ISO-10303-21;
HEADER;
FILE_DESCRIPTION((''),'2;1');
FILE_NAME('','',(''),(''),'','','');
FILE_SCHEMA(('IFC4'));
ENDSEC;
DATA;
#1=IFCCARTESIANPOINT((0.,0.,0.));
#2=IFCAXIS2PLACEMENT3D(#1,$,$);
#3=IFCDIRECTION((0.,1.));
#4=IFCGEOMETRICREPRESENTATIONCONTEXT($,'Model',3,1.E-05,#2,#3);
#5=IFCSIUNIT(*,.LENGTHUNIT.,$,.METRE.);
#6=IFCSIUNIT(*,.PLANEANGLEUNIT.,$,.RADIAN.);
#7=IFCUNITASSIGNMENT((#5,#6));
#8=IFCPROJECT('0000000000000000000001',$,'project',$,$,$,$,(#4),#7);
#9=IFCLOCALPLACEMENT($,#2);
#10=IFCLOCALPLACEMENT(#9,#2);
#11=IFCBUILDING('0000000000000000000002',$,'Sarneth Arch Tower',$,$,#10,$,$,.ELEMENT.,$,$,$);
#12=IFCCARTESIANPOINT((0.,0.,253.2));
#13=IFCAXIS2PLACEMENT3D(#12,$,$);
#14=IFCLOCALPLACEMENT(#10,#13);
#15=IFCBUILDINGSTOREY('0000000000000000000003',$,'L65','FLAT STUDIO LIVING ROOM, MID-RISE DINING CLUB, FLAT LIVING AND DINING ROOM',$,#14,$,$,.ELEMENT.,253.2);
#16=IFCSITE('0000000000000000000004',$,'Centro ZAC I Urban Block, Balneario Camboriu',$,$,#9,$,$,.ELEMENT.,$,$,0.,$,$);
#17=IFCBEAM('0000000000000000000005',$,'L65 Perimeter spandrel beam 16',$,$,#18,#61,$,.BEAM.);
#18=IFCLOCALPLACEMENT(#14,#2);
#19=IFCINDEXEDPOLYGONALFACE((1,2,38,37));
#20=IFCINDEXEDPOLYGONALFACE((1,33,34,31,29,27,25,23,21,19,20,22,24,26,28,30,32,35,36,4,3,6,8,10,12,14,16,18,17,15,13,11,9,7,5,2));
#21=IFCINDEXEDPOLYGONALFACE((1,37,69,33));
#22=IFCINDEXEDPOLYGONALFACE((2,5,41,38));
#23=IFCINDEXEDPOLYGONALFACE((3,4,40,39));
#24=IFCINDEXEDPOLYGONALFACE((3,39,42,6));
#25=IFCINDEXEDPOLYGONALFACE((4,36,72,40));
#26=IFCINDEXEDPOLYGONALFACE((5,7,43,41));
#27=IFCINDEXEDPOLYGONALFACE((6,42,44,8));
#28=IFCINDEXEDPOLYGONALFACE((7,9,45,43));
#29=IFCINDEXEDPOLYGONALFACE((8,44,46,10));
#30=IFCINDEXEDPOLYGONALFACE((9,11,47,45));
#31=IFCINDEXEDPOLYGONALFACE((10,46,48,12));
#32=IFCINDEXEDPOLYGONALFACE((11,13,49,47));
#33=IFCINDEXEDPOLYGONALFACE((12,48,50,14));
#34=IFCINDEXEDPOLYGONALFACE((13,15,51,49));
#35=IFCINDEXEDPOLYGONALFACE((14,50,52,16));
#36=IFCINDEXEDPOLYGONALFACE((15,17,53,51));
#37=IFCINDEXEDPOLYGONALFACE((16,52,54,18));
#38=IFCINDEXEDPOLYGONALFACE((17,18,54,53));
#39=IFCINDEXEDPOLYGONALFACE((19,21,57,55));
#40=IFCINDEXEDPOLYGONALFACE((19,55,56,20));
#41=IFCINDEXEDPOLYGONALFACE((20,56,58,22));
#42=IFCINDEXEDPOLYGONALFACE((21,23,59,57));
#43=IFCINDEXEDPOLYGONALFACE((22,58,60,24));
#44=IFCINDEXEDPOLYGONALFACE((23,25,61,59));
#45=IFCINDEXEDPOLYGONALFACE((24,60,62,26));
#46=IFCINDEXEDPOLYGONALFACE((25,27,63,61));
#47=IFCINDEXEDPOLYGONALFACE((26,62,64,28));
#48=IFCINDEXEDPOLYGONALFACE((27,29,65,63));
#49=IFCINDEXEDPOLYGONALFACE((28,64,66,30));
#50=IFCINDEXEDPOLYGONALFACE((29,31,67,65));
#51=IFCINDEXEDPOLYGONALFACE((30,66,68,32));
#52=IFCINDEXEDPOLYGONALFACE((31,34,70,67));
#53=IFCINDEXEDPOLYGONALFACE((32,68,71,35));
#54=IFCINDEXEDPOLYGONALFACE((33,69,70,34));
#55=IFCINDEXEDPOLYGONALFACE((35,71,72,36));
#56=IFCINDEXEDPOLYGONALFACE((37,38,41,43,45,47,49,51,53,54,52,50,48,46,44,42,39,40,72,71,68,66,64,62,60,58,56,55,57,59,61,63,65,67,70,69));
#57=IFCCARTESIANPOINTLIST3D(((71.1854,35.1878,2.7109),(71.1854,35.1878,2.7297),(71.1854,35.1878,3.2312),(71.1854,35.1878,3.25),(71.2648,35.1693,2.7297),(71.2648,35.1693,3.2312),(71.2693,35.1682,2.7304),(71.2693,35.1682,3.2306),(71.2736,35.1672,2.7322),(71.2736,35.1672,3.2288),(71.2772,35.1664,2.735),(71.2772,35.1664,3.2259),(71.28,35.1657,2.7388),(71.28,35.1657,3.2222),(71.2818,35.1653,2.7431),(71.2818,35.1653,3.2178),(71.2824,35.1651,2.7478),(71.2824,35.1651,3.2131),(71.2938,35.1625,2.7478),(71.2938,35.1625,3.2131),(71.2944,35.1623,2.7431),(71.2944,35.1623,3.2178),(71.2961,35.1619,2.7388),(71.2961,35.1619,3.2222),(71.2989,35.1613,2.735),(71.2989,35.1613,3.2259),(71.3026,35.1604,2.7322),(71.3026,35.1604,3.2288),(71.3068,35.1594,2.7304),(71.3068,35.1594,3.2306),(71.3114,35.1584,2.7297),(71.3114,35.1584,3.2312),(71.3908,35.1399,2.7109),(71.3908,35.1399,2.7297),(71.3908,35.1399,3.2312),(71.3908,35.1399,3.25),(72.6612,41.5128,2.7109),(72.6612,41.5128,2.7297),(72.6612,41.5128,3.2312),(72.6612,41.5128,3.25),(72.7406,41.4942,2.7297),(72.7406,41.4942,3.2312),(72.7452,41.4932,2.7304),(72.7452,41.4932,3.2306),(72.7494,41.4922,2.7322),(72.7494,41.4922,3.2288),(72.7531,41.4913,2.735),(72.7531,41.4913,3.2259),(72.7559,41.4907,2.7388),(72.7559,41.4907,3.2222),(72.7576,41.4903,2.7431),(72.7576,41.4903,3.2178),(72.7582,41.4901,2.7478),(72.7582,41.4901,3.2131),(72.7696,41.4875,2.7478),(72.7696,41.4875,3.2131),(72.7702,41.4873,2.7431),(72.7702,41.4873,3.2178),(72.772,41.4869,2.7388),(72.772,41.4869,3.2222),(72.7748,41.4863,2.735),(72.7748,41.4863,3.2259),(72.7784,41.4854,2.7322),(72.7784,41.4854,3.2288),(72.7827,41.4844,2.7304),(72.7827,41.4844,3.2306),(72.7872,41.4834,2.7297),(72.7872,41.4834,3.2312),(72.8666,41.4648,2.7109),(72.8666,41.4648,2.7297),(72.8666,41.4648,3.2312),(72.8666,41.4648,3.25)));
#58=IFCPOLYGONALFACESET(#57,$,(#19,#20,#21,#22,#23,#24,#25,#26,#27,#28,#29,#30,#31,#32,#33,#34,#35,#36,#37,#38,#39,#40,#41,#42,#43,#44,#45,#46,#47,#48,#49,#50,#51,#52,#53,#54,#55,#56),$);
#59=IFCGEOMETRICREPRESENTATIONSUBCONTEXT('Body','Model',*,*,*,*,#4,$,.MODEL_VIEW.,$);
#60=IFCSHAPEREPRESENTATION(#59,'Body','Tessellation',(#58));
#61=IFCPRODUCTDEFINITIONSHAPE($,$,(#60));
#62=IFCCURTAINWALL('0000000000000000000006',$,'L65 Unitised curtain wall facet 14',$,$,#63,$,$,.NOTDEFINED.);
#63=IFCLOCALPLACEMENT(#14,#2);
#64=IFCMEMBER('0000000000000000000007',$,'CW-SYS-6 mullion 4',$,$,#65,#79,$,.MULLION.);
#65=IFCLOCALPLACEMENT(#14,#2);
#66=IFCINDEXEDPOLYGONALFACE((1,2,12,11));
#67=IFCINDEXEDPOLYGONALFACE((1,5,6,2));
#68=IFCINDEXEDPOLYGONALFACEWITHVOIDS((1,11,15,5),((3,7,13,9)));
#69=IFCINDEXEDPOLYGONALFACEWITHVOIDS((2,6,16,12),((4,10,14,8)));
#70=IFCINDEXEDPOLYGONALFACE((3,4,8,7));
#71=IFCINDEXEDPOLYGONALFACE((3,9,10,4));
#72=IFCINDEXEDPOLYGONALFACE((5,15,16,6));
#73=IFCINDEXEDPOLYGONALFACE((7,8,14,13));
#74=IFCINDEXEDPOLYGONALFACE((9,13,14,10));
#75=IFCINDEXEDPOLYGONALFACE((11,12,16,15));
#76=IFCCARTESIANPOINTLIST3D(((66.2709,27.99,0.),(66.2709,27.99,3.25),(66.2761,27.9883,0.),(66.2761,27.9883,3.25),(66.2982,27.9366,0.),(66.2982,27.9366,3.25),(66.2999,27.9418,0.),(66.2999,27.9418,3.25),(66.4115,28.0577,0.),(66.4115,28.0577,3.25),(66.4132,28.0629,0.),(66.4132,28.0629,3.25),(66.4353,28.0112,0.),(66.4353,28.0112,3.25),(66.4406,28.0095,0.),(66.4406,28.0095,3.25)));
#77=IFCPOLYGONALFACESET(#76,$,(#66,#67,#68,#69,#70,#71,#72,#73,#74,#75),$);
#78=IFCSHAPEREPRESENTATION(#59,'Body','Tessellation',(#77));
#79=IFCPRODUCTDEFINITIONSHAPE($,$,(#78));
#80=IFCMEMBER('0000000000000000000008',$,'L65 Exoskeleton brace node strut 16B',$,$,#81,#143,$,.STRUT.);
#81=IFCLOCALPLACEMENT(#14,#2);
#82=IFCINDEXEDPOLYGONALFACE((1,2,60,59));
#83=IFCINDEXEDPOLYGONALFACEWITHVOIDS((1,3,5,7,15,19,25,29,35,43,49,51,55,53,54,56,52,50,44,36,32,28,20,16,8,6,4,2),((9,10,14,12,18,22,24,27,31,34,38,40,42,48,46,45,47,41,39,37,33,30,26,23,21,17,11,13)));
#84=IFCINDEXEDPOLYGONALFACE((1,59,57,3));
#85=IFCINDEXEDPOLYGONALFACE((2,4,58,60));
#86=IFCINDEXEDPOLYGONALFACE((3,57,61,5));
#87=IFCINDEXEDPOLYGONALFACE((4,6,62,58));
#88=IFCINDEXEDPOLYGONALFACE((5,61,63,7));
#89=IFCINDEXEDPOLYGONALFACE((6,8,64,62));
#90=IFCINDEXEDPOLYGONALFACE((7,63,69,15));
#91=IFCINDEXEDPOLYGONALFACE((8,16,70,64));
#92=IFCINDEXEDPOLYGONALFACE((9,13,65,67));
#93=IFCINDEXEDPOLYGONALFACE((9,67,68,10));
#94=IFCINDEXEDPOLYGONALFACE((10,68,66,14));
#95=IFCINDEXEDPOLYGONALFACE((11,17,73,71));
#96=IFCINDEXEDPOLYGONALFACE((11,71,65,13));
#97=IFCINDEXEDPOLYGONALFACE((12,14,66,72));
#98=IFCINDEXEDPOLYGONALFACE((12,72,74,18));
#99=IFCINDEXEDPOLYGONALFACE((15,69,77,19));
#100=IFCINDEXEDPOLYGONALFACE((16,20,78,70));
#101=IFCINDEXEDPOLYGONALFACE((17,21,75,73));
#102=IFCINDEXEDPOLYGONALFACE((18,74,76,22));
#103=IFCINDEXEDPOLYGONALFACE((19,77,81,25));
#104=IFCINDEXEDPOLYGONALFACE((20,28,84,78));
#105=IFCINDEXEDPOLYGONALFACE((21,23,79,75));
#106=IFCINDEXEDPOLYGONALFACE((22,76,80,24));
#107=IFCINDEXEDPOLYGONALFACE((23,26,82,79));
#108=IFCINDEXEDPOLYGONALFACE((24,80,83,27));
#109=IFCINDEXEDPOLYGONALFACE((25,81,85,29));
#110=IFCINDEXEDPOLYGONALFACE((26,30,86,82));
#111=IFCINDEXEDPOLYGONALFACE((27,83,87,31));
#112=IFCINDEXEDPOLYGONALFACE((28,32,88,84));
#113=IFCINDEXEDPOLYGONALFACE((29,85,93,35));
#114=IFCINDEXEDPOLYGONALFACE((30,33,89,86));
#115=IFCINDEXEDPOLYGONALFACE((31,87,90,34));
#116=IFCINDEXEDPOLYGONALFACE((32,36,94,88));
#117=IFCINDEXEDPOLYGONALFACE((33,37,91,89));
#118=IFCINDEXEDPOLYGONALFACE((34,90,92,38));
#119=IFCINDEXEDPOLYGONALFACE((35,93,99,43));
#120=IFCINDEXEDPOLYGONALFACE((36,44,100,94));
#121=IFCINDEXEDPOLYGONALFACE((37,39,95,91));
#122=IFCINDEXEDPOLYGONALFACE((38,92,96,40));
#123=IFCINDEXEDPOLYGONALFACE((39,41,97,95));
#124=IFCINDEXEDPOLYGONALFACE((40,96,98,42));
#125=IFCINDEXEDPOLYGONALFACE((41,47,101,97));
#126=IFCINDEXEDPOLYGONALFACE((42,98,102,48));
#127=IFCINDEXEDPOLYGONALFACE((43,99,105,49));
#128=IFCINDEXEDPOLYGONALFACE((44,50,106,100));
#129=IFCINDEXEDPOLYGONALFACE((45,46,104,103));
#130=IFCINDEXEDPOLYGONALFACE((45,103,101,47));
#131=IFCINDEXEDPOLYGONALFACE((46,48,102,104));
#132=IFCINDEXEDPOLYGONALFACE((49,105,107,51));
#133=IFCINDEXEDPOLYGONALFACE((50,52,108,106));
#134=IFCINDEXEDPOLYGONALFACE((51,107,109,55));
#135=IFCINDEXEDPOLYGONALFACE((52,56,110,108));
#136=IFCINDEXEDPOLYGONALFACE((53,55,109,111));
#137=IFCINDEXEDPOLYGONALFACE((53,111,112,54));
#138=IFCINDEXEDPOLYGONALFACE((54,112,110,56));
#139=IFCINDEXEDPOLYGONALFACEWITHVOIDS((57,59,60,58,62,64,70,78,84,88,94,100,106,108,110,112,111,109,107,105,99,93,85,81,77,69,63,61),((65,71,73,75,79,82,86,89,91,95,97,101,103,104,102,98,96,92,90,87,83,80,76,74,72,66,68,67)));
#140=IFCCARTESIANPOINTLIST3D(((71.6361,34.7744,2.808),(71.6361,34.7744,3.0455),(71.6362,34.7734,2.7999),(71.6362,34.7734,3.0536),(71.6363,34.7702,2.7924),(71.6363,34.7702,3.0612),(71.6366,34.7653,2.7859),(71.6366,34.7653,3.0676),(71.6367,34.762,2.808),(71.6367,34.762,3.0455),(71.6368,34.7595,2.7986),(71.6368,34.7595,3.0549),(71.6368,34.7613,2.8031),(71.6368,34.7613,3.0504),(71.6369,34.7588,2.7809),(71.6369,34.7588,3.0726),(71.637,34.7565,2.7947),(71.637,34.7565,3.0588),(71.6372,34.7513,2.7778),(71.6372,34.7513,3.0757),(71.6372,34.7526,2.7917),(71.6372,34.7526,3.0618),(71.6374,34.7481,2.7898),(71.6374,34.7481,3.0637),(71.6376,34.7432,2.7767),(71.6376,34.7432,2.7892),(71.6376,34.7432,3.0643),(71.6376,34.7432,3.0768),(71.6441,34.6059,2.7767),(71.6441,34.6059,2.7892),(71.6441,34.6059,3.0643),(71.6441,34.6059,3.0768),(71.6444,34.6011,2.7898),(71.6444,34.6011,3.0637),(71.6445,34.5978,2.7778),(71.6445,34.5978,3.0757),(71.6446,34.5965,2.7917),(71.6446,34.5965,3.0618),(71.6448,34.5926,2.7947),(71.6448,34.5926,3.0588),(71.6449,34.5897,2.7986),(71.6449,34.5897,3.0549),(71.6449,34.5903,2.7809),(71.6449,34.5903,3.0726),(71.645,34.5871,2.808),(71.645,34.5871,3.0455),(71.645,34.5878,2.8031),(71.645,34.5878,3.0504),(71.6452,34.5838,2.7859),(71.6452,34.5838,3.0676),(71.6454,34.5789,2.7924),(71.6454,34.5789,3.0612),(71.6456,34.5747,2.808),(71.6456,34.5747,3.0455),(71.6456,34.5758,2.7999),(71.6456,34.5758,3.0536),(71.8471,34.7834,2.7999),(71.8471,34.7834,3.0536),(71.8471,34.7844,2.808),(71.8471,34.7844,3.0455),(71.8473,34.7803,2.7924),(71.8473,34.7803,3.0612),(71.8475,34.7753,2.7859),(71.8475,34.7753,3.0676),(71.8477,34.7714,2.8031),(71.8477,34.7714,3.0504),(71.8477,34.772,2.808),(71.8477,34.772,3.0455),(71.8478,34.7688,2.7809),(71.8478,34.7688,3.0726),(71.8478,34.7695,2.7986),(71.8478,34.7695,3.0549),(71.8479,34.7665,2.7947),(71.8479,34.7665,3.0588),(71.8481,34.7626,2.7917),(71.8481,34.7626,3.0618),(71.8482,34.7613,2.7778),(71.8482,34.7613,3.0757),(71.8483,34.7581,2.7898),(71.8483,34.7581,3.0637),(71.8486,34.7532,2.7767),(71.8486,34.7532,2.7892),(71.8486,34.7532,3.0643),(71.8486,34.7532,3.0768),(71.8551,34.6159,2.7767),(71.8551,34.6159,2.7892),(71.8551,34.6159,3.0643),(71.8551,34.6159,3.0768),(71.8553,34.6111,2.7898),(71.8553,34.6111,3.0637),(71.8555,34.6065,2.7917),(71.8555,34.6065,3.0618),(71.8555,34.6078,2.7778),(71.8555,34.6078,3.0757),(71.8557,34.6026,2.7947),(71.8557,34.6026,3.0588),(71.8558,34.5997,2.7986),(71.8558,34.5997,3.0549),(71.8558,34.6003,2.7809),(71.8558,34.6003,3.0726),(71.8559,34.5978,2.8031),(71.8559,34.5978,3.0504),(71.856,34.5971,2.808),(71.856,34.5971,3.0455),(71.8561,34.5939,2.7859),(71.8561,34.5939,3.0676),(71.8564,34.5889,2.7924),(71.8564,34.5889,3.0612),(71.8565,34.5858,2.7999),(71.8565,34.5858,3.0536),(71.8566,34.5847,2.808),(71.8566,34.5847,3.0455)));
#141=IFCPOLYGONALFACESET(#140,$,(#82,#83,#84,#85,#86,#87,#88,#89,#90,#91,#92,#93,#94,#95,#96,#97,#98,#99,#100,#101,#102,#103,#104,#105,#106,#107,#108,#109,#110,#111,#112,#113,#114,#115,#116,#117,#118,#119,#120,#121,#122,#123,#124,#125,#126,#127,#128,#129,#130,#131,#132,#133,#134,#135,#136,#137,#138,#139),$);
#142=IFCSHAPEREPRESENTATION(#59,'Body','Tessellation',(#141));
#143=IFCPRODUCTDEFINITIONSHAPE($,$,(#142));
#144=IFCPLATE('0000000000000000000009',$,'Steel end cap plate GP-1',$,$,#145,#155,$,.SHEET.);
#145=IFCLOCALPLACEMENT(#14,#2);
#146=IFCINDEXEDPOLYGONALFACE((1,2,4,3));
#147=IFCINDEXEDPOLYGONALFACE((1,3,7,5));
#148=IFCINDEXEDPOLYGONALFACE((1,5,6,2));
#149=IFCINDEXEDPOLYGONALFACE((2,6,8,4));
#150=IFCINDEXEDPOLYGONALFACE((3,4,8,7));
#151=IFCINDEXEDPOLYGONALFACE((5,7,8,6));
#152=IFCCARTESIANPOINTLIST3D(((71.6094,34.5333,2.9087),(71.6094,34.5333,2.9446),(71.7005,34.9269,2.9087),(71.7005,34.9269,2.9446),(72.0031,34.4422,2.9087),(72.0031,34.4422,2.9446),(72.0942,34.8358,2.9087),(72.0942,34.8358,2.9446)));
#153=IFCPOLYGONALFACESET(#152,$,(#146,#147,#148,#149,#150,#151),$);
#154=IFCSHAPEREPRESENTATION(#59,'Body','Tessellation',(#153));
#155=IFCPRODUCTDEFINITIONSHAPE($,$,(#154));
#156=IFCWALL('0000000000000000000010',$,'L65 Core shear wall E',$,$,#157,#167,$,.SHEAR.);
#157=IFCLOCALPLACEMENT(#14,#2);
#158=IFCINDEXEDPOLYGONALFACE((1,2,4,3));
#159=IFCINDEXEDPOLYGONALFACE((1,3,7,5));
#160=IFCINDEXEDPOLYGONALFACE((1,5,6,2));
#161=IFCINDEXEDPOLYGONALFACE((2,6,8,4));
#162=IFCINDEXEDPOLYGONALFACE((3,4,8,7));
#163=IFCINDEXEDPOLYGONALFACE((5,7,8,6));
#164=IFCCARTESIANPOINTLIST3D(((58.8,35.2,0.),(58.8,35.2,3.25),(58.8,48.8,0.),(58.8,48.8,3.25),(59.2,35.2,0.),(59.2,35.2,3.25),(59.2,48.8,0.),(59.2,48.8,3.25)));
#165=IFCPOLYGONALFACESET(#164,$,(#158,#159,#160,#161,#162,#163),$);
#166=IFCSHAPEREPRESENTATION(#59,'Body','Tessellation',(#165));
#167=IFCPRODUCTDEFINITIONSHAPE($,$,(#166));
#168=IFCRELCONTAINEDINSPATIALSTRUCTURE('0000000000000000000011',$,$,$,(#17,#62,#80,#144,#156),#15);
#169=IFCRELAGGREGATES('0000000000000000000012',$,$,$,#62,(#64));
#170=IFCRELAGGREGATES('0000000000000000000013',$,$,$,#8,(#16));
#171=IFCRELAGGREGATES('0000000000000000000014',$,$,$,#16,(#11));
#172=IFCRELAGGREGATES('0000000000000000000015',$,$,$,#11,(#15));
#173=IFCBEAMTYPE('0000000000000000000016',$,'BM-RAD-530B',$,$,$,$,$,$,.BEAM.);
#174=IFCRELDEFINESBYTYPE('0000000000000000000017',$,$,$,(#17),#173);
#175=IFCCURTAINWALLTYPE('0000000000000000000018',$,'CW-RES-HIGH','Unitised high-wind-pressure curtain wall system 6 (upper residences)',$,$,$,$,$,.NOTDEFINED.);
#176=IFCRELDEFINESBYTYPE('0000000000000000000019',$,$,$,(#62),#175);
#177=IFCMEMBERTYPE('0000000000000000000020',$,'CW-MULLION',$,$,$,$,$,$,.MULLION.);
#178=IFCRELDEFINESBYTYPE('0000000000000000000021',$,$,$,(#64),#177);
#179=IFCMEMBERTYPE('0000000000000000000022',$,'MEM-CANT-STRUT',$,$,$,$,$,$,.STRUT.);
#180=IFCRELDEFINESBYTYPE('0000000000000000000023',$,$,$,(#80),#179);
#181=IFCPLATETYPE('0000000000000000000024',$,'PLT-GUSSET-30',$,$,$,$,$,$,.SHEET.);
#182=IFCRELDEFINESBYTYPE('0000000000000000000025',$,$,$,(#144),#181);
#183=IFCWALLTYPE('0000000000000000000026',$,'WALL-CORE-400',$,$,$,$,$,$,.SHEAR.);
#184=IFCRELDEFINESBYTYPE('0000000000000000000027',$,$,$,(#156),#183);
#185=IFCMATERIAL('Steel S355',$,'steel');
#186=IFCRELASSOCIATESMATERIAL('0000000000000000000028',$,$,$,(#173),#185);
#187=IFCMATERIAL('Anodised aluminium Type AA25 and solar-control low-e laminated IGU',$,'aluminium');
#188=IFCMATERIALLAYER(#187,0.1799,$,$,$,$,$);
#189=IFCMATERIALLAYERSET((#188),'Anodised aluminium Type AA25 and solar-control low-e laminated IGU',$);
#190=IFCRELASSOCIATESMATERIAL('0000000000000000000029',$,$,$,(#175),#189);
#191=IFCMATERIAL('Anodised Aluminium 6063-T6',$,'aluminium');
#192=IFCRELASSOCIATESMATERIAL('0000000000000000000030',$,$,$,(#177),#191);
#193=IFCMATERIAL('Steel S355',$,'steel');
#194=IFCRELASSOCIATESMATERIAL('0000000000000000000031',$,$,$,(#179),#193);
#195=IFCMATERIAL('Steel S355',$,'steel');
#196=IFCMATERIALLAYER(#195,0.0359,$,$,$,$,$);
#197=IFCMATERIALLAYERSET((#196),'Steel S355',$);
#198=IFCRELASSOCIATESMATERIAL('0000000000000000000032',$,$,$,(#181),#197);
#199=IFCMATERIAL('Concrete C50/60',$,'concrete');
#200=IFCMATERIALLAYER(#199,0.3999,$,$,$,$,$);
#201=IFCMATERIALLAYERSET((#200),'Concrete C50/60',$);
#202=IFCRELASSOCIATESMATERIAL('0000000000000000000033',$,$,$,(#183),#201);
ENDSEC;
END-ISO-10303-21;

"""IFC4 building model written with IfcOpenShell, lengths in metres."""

from ifc_helpers import new_model, si_unit, direction, frame, frame_2d, origin, origin_2d, place, context, subcontext, project, spatial, rectangle, hollow_rectangle, i_section, extrude, material, layer, layer_set, material_profile, profile_set, type_object, element, aggregate, save


model = new_model("IFC4")

# Units and contexts
model_context = context("Model", 3, precision=1e-05, world=origin(), true_north=direction((0.0, 1.0)))
body_context = subcontext(model_context, "Body", "Model", "MODEL_VIEW")
ifc_project = project(units=[si_unit("LENGTHUNIT", "METRE"), si_unit("PLANEANGLEUNIT", "RADIAN")], contexts=[model_context])

# Site, building, storey
site_placement = place(None, origin())
site = spatial("IfcSite", under=ifc_project, at=site_placement, Name="Centro ZAC I Urban Block, Balneario Camboriu", CompositionType="ELEMENT", RefElevation=0.0)
building_placement = place(site_placement, origin())
building = spatial("IfcBuilding", under=site, at=building_placement, Name="Sarneth Arch Tower", CompositionType="ELEMENT")
storey_placement = place(building_placement, frame((0.0, 0.0, 253.2)))
storey = spatial("IfcBuildingStorey", under=building, at=storey_placement, Name="L65", Description="FLAT STUDIO LIVING ROOM, MID-RISE DINING CLUB, FLAT LIVING AND DINING ROOM", CompositionType="ELEMENT", Elevation=253.2)

# Beam
ifc_material_1 = material(Name="Steel S355", Category="steel")
ifc_material_profile_1 = material_profile(ifc_material_1, i_section(OverallWidth=0.2109, OverallDepth=0.5391, WebThickness=0.0117, FlangeThickness=0.0188, FilletRadius=0.0181, at=origin_2d()), Name="W530x109")
ifc_profile_set_1 = profile_set([ifc_material_profile_1], Name="Steel S355")
beam_type_1 = type_object("IfcBeamType", Name="BM-RAD-530B", PredefinedType="BEAM", material=ifc_profile_set_1)
beam_1_placement = place(storey_placement, frame((71.2881, 35.1638, 2.9805), z_axis=(0.227231, 0.973841, 0.0), x_axis=(-0.973841, 0.227231, 0.0)))
element("IfcBeam", 1, at=beam_1_placement, inside=storey, type_object=beam_type_1, Name="L65 Perimeter spandrel beam 16", PredefinedType="BEAM", context=body_context, shape_type="SweptSolid", body=[
    extrude(i_section(OverallWidth=0.2109, OverallDepth=0.5391, WebThickness=0.0117, FlangeThickness=0.0188, FilletRadius=0.0181, at=origin_2d()), origin(), (0.0, 0.0, 1.0), 6.4949),
])

# Curtain wall, member
ifc_material_2 = material(Name="Anodised aluminium Type AA25 and solar-control low-e laminated IGU", Category="aluminium")
ifc_layer_1 = layer(ifc_material_2, 0.1799)
ifc_layer_set_1 = layer_set([ifc_layer_1], Name="Anodised aluminium Type AA25 and solar-control low-e laminated IGU")
curtain_wall_type = type_object("IfcCurtainWallType", Name="CW-RES-HIGH", Description="Unitised high-wind-pressure curtain wall system 6 (upper residences)", PredefinedType="NOTDEFINED", material=ifc_layer_set_1)
curtain_wall_placement = place(storey_placement, origin())
curtain_wall = element("IfcCurtainWall", 2, at=curtain_wall_placement, inside=storey, type_object=curtain_wall_type, Name="L65 Unitised curtain wall facet 14", PredefinedType="NOTDEFINED")
ifc_material_3 = material(Name="Anodised Aluminium 6063-T6", Category="aluminium")
ifc_material_profile_2 = material_profile(ifc_material_3, hollow_rectangle(XDim=0.0601, YDim=0.1599, WallThickness=0.0039, at=origin_2d()), Name="AL-MULL-160x60x4")
ifc_profile_set_2 = profile_set([ifc_material_profile_2], Name="Anodised Aluminium 6063-T6")
member_type_1 = type_object("IfcMemberType", Name="CW-MULLION", PredefinedType="MULLION", material=ifc_profile_set_2)
member_1_placement = place(storey_placement, frame((66.3557, 27.9998, 0.0), z_axis=(0.0, 0.0, 1.0), x_axis=(-0.455942, 0.89001, 0.0)))
member_1 = element("IfcMember", 3, at=member_1_placement, type_object=member_type_1, Name="CW-SYS-6 mullion 4", PredefinedType="MULLION", context=body_context, shape_type="SweptSolid", body=[
    extrude(hollow_rectangle(XDim=0.0601, YDim=0.1599, WallThickness=0.0039, at=origin_2d()), origin(), (0.0, 0.0, 1.0), 3.25),
])
aggregate(curtain_wall, [member_1])

# Member
ifc_material_4 = material(Name="Steel S355", Category="steel")
ifc_material_profile_3 = material_profile(ifc_material_4, hollow_rectangle(XDim=0.2, YDim=0.3, WallThickness=0.0125, InnerFilletRadius=0.0188, OuterFilletRadius=0.0312, at=origin_2d()), Name="RHS300x200x12.5")
ifc_profile_set_3 = profile_set([ifc_material_profile_3], Name="Steel S355")
member_type_2 = type_object("IfcMemberType", Name="MEM-CANT-STRUT", PredefinedType="STRUT", material=ifc_profile_set_3)
member_2_placement = place(storey_placement, frame((71.6409, 34.6746, 2.9268), z_axis=(0.998876, 0.0474, 0.0), x_axis=(-0.0474, 0.998876, 0.0)))
element("IfcMember", 4, at=member_2_placement, inside=storey, type_object=member_type_2, Name="L65 Exoskeleton brace node strut 16B", PredefinedType="STRUT", context=body_context, shape_type="SweptSolid", body=[
    extrude(hollow_rectangle(XDim=0.2, YDim=0.3, WallThickness=0.0125, InnerFilletRadius=0.0188, OuterFilletRadius=0.0312, at=origin_2d()), origin(), (0.0, 0.0, 1.0), 0.2112),
])

# Plate
ifc_material_5 = material(Name="Steel S355", Category="steel")
ifc_layer_2 = layer(ifc_material_5, 0.0359)
ifc_layer_set_2 = layer_set([ifc_layer_2], Name="Steel S355")
plate_type = type_object("IfcPlateType", Name="PLT-GUSSET-30", PredefinedType="SHEET", material=ifc_layer_set_2)
plate_placement = place(storey_placement, frame((71.8518, 34.6846, 2.9087), z_axis=(0.0, 0.0, 1.0), x_axis=(0.225461, 0.974252, 0.0)))
element("IfcPlate", 5, at=plate_placement, inside=storey, type_object=plate_type, Name="Steel end cap plate GP-1", PredefinedType="SHEET", context=body_context, shape_type="SweptSolid", body=[
    extrude(rectangle(XDim=0.4041, YDim=0.4041, at=origin_2d()), origin(), (0.0, 0.0, 1.0), 0.0359),
])

# Wall
ifc_material_6 = material(Name="Concrete C50/60", Category="concrete")
ifc_layer_3 = layer(ifc_material_6, 0.3999)
ifc_layer_set_3 = layer_set([ifc_layer_3], Name="Concrete C50/60")
wall_type_1 = type_object("IfcWallType", Name="WALL-CORE-400", PredefinedType="SHEAR", material=ifc_layer_set_3)
wall_1_placement = place(storey_placement, frame((59.0, 35.2, 0.0), z_axis=(0.0, 0.0, 1.0), x_axis=(0.0, 1.0, 0.0)))
element("IfcWall", 6, at=wall_1_placement, inside=storey, type_object=wall_type_1, Name="L65 Core shear wall E", PredefinedType="SHEAR", context=body_context, shape_type="SweptSolid", body=[
    extrude(rectangle(XDim=13.6001, YDim=0.3999, at=frame_2d((6.8, 0.0))), origin(), (0.0, 0.0, 1.0), 3.25),
])

save(model, "model.ifc")
